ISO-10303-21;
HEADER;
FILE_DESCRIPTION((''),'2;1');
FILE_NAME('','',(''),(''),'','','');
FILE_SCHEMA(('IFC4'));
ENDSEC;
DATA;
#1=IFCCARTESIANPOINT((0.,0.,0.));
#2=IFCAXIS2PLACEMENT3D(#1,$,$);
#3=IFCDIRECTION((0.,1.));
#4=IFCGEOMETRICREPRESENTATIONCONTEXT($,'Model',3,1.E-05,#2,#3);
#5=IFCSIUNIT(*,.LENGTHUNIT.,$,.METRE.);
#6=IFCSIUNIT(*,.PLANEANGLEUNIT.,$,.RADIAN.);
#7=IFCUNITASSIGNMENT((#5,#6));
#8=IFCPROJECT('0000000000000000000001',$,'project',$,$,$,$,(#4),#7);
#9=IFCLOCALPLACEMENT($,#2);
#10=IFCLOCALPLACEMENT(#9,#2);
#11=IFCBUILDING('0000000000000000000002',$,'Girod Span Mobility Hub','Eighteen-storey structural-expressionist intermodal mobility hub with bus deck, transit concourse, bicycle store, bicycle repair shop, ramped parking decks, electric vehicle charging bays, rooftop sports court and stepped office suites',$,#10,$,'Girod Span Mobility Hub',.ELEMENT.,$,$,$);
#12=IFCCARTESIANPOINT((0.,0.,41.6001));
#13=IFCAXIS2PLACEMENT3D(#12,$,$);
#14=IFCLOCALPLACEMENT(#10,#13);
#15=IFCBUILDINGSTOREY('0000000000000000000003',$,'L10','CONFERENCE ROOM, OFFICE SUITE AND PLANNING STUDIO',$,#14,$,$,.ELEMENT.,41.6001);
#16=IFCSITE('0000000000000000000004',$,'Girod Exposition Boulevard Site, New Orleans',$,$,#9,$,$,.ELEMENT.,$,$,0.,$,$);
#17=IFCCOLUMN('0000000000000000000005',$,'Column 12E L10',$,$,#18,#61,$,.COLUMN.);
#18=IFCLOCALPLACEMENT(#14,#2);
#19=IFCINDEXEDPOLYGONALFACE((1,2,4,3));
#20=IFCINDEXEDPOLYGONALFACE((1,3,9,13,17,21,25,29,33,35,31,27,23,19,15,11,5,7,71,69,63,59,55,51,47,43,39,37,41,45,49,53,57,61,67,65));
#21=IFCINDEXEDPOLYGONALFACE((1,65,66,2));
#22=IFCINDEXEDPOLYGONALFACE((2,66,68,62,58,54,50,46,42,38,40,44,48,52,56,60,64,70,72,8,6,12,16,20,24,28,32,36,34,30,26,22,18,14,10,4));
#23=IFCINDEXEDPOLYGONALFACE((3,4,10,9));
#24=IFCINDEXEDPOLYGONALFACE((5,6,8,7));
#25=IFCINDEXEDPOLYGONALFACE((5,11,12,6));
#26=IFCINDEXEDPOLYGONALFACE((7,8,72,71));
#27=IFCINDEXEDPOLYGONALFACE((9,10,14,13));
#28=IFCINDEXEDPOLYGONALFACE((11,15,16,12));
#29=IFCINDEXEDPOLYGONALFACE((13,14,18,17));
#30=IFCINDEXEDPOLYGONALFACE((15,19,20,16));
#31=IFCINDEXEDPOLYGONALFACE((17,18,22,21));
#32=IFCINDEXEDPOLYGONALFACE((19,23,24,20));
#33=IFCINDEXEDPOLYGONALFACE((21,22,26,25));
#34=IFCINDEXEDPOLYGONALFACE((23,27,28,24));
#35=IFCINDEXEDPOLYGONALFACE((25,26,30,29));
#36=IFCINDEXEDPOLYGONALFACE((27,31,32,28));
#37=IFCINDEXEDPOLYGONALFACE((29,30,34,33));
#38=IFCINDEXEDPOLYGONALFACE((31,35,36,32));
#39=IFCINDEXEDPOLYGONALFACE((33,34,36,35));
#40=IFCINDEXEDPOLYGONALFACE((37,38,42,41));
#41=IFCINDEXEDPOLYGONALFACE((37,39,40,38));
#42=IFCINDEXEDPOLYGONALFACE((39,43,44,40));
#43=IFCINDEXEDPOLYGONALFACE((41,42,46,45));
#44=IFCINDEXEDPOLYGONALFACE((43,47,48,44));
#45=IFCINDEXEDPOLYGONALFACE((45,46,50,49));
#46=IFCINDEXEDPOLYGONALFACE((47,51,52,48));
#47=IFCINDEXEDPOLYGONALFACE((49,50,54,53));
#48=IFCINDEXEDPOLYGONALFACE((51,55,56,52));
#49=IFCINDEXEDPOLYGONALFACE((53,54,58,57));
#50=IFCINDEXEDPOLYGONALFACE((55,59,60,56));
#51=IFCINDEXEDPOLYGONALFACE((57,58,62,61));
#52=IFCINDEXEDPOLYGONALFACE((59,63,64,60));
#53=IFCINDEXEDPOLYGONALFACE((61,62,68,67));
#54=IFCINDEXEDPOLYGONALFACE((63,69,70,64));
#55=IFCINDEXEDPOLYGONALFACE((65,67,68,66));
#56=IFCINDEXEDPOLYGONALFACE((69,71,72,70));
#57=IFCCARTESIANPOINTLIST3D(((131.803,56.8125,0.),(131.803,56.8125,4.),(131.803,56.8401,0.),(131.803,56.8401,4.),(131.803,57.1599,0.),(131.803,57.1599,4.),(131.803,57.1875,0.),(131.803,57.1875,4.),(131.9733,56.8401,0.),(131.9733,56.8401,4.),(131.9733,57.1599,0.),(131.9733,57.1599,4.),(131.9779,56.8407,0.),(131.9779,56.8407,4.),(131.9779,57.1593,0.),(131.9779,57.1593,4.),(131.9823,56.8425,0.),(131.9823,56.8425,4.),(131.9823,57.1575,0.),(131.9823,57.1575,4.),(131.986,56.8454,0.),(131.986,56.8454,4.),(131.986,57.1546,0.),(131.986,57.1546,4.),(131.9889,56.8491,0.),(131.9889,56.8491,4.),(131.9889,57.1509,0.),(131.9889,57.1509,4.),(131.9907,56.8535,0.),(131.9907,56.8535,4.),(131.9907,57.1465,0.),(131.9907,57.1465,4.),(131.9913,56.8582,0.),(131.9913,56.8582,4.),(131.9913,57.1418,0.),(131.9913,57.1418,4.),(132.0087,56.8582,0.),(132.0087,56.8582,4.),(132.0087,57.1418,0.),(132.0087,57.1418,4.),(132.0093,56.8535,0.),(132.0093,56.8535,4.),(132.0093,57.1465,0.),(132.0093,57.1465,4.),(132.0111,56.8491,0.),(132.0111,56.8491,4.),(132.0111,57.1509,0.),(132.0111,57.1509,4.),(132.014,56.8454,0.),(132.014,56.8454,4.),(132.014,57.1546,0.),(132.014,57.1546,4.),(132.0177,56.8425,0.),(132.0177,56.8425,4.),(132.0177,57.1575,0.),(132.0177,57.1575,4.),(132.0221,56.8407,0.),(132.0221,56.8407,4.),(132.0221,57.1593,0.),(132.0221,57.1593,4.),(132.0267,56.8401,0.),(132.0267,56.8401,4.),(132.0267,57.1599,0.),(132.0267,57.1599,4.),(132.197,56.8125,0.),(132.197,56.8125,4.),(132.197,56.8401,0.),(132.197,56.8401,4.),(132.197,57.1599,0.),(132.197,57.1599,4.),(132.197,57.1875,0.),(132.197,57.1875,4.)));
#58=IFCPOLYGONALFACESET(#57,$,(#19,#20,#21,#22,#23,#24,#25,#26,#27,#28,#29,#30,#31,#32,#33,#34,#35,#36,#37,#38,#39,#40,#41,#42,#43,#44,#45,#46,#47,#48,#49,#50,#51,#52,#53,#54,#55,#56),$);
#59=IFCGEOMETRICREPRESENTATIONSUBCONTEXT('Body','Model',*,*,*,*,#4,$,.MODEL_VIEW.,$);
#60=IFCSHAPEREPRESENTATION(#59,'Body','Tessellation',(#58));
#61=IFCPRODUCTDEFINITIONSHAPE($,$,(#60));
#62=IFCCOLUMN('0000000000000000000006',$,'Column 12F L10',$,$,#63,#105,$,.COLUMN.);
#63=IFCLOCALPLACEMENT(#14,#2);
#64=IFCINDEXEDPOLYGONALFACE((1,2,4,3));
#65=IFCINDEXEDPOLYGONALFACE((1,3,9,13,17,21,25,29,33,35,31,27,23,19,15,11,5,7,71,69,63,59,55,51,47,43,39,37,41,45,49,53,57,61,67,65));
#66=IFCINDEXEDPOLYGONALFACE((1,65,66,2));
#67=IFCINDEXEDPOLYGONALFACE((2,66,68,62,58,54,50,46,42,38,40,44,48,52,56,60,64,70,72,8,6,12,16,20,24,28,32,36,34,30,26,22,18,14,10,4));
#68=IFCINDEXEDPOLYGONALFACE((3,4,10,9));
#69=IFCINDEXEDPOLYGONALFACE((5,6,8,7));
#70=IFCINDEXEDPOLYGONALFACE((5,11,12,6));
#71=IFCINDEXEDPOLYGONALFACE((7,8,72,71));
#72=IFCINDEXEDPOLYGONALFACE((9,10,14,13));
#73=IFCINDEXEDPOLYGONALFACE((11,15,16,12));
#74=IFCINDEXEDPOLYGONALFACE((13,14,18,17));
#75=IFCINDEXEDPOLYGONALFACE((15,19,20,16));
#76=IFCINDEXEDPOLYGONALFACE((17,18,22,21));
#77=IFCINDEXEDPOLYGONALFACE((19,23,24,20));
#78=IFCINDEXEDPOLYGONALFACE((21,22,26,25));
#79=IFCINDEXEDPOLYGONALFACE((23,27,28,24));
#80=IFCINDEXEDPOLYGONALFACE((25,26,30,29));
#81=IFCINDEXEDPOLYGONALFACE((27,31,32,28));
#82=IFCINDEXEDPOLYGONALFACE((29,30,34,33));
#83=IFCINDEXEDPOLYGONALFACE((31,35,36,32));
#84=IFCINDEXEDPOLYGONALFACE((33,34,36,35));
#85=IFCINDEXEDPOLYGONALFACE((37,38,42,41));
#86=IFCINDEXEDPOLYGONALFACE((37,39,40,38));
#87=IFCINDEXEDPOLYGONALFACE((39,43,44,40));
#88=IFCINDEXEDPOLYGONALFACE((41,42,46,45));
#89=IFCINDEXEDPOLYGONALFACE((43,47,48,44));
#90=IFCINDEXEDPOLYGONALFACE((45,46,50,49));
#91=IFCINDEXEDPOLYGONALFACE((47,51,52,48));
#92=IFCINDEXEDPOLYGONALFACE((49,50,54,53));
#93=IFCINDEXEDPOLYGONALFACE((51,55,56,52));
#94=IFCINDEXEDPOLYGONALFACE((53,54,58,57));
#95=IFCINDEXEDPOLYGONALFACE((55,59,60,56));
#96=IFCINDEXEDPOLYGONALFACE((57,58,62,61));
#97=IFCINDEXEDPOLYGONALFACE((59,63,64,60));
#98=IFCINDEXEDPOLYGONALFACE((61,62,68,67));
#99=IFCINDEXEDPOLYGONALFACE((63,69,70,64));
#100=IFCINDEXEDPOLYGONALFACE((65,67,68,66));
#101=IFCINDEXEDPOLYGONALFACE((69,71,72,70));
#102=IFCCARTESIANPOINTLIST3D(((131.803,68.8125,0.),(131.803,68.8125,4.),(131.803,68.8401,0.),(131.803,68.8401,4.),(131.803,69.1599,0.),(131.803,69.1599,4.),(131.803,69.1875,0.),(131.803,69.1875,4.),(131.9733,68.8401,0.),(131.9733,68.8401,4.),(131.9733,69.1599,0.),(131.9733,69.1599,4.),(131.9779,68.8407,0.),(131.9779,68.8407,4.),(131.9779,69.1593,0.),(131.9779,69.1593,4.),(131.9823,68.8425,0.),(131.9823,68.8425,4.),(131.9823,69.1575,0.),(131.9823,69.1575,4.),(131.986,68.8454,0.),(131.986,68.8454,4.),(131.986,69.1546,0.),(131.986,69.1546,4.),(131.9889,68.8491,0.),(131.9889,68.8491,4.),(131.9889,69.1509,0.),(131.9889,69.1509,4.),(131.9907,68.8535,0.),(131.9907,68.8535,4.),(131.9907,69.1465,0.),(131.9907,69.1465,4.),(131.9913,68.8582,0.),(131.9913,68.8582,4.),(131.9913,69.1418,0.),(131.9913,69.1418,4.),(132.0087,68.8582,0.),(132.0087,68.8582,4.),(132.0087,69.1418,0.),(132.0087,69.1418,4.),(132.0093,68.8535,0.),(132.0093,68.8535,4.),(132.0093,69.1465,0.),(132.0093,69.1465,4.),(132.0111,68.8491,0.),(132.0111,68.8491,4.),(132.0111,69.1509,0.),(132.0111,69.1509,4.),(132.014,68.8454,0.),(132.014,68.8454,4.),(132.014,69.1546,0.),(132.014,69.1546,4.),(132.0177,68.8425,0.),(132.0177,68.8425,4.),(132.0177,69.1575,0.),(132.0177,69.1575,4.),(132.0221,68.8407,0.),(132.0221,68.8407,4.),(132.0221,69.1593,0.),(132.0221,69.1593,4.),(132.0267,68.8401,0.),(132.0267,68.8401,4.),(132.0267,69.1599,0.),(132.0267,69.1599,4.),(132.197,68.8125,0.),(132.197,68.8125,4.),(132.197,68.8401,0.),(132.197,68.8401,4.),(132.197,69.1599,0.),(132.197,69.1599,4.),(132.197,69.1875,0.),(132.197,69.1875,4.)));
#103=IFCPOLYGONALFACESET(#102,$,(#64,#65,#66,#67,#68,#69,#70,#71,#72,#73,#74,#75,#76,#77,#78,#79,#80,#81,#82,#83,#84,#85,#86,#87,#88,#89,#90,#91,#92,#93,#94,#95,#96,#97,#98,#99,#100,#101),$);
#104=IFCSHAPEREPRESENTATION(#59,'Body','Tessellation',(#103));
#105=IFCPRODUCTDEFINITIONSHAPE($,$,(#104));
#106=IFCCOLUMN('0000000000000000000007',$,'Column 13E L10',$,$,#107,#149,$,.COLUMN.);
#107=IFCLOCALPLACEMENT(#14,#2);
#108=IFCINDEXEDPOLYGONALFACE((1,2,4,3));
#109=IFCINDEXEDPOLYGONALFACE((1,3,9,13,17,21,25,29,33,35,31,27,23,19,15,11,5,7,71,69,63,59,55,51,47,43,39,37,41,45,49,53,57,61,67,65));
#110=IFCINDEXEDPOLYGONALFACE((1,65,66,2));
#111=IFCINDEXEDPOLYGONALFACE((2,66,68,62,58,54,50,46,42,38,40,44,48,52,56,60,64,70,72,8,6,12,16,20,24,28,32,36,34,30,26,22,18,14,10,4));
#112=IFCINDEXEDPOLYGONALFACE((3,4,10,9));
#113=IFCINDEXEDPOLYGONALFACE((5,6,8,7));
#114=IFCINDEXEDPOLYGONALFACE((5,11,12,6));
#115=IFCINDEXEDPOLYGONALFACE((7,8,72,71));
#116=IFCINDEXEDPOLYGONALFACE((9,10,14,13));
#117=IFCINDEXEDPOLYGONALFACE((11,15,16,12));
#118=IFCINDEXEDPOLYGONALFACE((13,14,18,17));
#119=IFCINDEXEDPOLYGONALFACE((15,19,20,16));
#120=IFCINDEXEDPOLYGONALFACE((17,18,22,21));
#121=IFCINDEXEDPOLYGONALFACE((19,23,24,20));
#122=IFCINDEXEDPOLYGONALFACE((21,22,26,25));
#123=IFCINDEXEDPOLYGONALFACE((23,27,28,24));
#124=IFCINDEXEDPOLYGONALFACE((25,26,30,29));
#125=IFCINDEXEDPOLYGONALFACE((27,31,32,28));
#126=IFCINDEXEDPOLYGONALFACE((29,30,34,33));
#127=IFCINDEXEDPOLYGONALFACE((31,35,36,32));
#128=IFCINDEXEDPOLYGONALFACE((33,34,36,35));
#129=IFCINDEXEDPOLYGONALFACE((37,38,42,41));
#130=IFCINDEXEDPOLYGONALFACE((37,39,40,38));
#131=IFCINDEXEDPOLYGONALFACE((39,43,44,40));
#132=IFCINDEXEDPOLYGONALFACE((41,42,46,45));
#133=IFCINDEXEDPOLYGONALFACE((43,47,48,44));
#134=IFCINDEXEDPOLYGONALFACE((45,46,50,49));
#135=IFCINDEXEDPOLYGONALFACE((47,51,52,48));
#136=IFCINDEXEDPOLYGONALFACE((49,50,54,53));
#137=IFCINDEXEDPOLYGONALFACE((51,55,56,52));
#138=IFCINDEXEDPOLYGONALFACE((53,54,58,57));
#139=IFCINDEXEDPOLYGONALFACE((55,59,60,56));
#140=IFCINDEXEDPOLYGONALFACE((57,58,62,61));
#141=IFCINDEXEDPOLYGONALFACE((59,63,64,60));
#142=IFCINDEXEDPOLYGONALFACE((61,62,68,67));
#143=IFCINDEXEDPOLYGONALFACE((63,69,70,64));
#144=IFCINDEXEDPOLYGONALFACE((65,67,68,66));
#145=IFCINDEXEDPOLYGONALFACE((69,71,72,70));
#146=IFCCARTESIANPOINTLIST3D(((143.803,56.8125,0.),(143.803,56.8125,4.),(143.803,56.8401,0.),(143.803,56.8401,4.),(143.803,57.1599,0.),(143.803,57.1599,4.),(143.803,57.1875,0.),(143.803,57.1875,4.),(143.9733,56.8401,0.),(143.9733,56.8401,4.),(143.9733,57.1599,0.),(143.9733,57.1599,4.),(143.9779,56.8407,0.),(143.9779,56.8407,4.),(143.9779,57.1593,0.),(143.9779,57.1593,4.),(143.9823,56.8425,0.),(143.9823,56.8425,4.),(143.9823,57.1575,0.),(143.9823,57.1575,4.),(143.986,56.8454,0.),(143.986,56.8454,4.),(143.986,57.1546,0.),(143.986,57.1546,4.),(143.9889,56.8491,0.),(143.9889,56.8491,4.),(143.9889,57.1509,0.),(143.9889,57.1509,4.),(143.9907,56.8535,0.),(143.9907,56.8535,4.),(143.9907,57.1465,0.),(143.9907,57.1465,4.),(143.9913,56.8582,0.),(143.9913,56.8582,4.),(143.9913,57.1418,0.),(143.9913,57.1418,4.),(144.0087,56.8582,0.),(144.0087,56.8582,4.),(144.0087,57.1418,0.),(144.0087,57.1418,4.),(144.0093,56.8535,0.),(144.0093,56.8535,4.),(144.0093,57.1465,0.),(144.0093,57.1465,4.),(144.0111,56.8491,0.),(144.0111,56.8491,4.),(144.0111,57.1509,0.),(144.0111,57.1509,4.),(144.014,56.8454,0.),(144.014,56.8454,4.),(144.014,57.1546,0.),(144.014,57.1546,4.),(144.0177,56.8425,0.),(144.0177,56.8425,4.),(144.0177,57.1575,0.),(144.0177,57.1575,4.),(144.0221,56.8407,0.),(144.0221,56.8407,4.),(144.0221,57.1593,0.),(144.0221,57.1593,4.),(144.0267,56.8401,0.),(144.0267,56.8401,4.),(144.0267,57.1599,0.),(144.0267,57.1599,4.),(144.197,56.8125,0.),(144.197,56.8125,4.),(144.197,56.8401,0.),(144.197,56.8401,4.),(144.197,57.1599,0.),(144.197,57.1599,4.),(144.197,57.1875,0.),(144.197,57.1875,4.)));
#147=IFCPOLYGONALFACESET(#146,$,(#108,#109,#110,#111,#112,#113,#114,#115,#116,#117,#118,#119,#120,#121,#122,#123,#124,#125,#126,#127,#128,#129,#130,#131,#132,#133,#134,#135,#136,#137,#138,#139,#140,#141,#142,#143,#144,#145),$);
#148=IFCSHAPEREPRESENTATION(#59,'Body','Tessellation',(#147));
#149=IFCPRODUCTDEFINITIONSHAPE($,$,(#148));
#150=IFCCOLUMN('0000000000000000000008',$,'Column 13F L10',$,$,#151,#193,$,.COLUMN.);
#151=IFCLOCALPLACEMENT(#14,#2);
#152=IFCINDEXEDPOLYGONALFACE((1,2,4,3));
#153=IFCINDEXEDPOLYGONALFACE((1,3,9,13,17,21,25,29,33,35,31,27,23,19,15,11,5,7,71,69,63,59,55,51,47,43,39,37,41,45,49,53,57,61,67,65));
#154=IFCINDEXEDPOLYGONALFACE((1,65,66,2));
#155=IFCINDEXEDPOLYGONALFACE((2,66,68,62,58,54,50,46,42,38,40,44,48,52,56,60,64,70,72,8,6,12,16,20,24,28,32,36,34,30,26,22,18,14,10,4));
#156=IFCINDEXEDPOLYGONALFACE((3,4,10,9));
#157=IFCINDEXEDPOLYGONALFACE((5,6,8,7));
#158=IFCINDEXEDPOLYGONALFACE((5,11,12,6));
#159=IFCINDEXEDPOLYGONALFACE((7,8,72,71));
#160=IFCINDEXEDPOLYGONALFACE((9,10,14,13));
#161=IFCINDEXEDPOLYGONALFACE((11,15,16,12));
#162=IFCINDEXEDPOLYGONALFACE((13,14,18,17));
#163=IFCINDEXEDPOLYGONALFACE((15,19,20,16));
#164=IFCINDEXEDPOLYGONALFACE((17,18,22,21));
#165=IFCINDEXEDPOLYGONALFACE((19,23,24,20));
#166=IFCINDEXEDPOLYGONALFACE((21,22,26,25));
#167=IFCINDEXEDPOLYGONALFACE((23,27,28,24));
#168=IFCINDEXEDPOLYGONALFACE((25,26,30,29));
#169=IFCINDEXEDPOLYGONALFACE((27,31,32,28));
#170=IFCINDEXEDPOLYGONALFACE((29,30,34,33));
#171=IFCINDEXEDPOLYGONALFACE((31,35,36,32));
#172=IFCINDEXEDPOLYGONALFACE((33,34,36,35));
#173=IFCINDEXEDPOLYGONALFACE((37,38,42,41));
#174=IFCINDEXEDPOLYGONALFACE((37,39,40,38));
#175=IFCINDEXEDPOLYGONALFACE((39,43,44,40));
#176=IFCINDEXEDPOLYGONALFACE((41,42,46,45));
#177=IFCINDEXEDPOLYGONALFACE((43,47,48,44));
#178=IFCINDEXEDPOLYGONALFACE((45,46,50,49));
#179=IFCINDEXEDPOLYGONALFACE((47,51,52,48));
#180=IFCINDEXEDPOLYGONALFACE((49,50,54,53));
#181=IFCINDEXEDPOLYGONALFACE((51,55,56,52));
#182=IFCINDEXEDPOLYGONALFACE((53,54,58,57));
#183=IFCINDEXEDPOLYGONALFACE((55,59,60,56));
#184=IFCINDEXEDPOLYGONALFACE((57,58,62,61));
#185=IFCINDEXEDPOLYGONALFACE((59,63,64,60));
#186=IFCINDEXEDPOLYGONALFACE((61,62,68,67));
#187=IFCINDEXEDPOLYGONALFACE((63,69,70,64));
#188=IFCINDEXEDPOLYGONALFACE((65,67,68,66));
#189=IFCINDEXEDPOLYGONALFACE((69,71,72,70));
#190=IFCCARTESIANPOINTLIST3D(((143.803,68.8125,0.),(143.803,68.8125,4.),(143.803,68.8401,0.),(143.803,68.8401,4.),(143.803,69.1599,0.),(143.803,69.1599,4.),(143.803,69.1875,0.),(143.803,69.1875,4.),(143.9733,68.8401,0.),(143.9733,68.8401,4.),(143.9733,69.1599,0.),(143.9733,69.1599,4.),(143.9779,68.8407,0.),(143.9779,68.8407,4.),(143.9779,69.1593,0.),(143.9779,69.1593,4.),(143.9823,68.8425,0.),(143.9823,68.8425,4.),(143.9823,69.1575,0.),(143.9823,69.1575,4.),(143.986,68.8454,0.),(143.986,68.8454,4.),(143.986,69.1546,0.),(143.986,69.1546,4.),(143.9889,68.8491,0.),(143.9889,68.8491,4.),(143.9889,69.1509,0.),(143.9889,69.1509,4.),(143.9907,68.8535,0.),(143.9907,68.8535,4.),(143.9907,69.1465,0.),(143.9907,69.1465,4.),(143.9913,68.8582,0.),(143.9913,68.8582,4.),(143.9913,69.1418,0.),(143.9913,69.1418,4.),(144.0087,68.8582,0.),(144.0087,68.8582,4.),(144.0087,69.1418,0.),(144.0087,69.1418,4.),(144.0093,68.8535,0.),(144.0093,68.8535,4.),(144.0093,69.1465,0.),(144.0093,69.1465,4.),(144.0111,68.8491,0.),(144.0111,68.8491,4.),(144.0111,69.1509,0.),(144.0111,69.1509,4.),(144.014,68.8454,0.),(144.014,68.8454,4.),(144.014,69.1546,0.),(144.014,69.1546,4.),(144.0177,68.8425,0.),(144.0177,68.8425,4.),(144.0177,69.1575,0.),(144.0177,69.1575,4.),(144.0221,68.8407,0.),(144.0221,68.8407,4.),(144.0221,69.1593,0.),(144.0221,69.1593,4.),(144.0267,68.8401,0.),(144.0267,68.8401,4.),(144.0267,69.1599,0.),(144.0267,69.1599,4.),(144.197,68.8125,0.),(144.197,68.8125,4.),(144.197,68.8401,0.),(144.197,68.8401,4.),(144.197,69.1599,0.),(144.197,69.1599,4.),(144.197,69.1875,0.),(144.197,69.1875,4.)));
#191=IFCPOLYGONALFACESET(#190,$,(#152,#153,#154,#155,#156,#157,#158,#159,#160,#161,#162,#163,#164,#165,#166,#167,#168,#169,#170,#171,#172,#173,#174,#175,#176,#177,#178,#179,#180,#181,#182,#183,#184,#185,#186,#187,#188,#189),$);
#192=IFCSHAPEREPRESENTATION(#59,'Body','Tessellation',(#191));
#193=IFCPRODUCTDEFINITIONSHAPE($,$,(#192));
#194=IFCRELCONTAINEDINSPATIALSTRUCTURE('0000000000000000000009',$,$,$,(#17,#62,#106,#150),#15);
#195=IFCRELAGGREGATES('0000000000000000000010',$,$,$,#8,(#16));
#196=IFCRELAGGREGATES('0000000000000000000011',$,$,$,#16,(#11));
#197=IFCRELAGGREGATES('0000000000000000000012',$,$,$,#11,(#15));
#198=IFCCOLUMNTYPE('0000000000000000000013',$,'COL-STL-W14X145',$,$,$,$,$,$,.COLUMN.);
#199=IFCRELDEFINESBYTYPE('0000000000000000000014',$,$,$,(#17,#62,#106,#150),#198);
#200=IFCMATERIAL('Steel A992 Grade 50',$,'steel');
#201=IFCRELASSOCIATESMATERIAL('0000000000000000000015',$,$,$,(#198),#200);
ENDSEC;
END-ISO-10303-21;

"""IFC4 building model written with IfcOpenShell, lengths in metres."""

from ifc_helpers import new_model, si_unit, direction, frame, origin, origin_2d, place, context, subcontext, project, spatial, i_section, extrude, material, material_profile, profile_set, type_object, element, save


model = new_model("IFC4")

# Units and contexts
model_context = context("Model", 3, precision=1e-05, world=origin(), true_north=direction((0.0, 1.0)))
body_context = subcontext(model_context, "Body", "Model", "MODEL_VIEW")
ifc_project = project(units=[si_unit("LENGTHUNIT", "METRE"), si_unit("PLANEANGLEUNIT", "RADIAN")], contexts=[model_context])

# Site, building, storey
site_placement = place(None, origin())
site = spatial("IfcSite", under=ifc_project, at=site_placement, Name="Girod Exposition Boulevard Site, New Orleans", CompositionType="ELEMENT", RefElevation=0.0)
building_placement = place(site_placement, origin())
building = spatial("IfcBuilding", under=site, at=building_placement, Name="Girod Span Mobility Hub", Description="Eighteen-storey structural-expressionist intermodal mobility hub with bus deck, transit concourse, bicycle store, bicycle repair shop, ramped parking decks, electric vehicle charging bays, rooftop sports court and stepped office suites", LongName="Girod Span Mobility Hub", CompositionType="ELEMENT")
storey_placement = place(building_placement, frame((0.0, 0.0, 41.6001)))
storey = spatial("IfcBuildingStorey", under=building, at=storey_placement, Name="L10", Description="CONFERENCE ROOM, OFFICE SUITE AND PLANNING STUDIO", CompositionType="ELEMENT", Elevation=41.6001)

# Columns
ifc_material_1 = material(Name="Steel A992 Grade 50", Category="steel")
ifc_material_profile_1 = material_profile(ifc_material_1, i_section(OverallWidth=0.394, OverallDepth=0.375, WebThickness=0.0173, FlangeThickness=0.0276, FilletRadius=0.0181, at=origin_2d()), Name="W14X145")
ifc_profile_set_1 = profile_set([ifc_material_profile_1], Name="Steel A992 Grade 50")
column_type = type_object("IfcColumnType", Name="COL-STL-W14X145", PredefinedType="COLUMN", material=ifc_profile_set_1)
for number, where, z_axis, x_axis, name in (
    (1, (132.0, 57.0, 0.0), (0.0, 0.0, 1.0), (1.0, 0.0, 0.0), "Column 12E L10"),
    (2, (132.0, 69.0, 0.0), (0.0, 0.0, 1.0), (1.0, 0.0, 0.0), "Column 12F L10"),
    (3, (144.0, 57.0, 0.0), (0.0, 0.0, 1.0), (1.0, 0.0, 0.0), "Column 13E L10"),
    (4, (144.0, 69.0, 0.0), (0.0, 0.0, 1.0), (1.0, 0.0, 0.0), "Column 13F L10"),
):
    element("IfcColumn", number, at=place(storey_placement, frame(where, z_axis=z_axis, x_axis=x_axis)), inside=storey, type_object=column_type, Name=name, PredefinedType="COLUMN", context=body_context, shape_type="SweptSolid", body=[
        extrude(i_section(OverallWidth=0.394, OverallDepth=0.375, WebThickness=0.0173, FlangeThickness=0.0276, FilletRadius=0.0181, at=origin_2d()), origin(), (0.0, 0.0, 1.0), 4.0),
    ])

save(model, "model.ifc")
